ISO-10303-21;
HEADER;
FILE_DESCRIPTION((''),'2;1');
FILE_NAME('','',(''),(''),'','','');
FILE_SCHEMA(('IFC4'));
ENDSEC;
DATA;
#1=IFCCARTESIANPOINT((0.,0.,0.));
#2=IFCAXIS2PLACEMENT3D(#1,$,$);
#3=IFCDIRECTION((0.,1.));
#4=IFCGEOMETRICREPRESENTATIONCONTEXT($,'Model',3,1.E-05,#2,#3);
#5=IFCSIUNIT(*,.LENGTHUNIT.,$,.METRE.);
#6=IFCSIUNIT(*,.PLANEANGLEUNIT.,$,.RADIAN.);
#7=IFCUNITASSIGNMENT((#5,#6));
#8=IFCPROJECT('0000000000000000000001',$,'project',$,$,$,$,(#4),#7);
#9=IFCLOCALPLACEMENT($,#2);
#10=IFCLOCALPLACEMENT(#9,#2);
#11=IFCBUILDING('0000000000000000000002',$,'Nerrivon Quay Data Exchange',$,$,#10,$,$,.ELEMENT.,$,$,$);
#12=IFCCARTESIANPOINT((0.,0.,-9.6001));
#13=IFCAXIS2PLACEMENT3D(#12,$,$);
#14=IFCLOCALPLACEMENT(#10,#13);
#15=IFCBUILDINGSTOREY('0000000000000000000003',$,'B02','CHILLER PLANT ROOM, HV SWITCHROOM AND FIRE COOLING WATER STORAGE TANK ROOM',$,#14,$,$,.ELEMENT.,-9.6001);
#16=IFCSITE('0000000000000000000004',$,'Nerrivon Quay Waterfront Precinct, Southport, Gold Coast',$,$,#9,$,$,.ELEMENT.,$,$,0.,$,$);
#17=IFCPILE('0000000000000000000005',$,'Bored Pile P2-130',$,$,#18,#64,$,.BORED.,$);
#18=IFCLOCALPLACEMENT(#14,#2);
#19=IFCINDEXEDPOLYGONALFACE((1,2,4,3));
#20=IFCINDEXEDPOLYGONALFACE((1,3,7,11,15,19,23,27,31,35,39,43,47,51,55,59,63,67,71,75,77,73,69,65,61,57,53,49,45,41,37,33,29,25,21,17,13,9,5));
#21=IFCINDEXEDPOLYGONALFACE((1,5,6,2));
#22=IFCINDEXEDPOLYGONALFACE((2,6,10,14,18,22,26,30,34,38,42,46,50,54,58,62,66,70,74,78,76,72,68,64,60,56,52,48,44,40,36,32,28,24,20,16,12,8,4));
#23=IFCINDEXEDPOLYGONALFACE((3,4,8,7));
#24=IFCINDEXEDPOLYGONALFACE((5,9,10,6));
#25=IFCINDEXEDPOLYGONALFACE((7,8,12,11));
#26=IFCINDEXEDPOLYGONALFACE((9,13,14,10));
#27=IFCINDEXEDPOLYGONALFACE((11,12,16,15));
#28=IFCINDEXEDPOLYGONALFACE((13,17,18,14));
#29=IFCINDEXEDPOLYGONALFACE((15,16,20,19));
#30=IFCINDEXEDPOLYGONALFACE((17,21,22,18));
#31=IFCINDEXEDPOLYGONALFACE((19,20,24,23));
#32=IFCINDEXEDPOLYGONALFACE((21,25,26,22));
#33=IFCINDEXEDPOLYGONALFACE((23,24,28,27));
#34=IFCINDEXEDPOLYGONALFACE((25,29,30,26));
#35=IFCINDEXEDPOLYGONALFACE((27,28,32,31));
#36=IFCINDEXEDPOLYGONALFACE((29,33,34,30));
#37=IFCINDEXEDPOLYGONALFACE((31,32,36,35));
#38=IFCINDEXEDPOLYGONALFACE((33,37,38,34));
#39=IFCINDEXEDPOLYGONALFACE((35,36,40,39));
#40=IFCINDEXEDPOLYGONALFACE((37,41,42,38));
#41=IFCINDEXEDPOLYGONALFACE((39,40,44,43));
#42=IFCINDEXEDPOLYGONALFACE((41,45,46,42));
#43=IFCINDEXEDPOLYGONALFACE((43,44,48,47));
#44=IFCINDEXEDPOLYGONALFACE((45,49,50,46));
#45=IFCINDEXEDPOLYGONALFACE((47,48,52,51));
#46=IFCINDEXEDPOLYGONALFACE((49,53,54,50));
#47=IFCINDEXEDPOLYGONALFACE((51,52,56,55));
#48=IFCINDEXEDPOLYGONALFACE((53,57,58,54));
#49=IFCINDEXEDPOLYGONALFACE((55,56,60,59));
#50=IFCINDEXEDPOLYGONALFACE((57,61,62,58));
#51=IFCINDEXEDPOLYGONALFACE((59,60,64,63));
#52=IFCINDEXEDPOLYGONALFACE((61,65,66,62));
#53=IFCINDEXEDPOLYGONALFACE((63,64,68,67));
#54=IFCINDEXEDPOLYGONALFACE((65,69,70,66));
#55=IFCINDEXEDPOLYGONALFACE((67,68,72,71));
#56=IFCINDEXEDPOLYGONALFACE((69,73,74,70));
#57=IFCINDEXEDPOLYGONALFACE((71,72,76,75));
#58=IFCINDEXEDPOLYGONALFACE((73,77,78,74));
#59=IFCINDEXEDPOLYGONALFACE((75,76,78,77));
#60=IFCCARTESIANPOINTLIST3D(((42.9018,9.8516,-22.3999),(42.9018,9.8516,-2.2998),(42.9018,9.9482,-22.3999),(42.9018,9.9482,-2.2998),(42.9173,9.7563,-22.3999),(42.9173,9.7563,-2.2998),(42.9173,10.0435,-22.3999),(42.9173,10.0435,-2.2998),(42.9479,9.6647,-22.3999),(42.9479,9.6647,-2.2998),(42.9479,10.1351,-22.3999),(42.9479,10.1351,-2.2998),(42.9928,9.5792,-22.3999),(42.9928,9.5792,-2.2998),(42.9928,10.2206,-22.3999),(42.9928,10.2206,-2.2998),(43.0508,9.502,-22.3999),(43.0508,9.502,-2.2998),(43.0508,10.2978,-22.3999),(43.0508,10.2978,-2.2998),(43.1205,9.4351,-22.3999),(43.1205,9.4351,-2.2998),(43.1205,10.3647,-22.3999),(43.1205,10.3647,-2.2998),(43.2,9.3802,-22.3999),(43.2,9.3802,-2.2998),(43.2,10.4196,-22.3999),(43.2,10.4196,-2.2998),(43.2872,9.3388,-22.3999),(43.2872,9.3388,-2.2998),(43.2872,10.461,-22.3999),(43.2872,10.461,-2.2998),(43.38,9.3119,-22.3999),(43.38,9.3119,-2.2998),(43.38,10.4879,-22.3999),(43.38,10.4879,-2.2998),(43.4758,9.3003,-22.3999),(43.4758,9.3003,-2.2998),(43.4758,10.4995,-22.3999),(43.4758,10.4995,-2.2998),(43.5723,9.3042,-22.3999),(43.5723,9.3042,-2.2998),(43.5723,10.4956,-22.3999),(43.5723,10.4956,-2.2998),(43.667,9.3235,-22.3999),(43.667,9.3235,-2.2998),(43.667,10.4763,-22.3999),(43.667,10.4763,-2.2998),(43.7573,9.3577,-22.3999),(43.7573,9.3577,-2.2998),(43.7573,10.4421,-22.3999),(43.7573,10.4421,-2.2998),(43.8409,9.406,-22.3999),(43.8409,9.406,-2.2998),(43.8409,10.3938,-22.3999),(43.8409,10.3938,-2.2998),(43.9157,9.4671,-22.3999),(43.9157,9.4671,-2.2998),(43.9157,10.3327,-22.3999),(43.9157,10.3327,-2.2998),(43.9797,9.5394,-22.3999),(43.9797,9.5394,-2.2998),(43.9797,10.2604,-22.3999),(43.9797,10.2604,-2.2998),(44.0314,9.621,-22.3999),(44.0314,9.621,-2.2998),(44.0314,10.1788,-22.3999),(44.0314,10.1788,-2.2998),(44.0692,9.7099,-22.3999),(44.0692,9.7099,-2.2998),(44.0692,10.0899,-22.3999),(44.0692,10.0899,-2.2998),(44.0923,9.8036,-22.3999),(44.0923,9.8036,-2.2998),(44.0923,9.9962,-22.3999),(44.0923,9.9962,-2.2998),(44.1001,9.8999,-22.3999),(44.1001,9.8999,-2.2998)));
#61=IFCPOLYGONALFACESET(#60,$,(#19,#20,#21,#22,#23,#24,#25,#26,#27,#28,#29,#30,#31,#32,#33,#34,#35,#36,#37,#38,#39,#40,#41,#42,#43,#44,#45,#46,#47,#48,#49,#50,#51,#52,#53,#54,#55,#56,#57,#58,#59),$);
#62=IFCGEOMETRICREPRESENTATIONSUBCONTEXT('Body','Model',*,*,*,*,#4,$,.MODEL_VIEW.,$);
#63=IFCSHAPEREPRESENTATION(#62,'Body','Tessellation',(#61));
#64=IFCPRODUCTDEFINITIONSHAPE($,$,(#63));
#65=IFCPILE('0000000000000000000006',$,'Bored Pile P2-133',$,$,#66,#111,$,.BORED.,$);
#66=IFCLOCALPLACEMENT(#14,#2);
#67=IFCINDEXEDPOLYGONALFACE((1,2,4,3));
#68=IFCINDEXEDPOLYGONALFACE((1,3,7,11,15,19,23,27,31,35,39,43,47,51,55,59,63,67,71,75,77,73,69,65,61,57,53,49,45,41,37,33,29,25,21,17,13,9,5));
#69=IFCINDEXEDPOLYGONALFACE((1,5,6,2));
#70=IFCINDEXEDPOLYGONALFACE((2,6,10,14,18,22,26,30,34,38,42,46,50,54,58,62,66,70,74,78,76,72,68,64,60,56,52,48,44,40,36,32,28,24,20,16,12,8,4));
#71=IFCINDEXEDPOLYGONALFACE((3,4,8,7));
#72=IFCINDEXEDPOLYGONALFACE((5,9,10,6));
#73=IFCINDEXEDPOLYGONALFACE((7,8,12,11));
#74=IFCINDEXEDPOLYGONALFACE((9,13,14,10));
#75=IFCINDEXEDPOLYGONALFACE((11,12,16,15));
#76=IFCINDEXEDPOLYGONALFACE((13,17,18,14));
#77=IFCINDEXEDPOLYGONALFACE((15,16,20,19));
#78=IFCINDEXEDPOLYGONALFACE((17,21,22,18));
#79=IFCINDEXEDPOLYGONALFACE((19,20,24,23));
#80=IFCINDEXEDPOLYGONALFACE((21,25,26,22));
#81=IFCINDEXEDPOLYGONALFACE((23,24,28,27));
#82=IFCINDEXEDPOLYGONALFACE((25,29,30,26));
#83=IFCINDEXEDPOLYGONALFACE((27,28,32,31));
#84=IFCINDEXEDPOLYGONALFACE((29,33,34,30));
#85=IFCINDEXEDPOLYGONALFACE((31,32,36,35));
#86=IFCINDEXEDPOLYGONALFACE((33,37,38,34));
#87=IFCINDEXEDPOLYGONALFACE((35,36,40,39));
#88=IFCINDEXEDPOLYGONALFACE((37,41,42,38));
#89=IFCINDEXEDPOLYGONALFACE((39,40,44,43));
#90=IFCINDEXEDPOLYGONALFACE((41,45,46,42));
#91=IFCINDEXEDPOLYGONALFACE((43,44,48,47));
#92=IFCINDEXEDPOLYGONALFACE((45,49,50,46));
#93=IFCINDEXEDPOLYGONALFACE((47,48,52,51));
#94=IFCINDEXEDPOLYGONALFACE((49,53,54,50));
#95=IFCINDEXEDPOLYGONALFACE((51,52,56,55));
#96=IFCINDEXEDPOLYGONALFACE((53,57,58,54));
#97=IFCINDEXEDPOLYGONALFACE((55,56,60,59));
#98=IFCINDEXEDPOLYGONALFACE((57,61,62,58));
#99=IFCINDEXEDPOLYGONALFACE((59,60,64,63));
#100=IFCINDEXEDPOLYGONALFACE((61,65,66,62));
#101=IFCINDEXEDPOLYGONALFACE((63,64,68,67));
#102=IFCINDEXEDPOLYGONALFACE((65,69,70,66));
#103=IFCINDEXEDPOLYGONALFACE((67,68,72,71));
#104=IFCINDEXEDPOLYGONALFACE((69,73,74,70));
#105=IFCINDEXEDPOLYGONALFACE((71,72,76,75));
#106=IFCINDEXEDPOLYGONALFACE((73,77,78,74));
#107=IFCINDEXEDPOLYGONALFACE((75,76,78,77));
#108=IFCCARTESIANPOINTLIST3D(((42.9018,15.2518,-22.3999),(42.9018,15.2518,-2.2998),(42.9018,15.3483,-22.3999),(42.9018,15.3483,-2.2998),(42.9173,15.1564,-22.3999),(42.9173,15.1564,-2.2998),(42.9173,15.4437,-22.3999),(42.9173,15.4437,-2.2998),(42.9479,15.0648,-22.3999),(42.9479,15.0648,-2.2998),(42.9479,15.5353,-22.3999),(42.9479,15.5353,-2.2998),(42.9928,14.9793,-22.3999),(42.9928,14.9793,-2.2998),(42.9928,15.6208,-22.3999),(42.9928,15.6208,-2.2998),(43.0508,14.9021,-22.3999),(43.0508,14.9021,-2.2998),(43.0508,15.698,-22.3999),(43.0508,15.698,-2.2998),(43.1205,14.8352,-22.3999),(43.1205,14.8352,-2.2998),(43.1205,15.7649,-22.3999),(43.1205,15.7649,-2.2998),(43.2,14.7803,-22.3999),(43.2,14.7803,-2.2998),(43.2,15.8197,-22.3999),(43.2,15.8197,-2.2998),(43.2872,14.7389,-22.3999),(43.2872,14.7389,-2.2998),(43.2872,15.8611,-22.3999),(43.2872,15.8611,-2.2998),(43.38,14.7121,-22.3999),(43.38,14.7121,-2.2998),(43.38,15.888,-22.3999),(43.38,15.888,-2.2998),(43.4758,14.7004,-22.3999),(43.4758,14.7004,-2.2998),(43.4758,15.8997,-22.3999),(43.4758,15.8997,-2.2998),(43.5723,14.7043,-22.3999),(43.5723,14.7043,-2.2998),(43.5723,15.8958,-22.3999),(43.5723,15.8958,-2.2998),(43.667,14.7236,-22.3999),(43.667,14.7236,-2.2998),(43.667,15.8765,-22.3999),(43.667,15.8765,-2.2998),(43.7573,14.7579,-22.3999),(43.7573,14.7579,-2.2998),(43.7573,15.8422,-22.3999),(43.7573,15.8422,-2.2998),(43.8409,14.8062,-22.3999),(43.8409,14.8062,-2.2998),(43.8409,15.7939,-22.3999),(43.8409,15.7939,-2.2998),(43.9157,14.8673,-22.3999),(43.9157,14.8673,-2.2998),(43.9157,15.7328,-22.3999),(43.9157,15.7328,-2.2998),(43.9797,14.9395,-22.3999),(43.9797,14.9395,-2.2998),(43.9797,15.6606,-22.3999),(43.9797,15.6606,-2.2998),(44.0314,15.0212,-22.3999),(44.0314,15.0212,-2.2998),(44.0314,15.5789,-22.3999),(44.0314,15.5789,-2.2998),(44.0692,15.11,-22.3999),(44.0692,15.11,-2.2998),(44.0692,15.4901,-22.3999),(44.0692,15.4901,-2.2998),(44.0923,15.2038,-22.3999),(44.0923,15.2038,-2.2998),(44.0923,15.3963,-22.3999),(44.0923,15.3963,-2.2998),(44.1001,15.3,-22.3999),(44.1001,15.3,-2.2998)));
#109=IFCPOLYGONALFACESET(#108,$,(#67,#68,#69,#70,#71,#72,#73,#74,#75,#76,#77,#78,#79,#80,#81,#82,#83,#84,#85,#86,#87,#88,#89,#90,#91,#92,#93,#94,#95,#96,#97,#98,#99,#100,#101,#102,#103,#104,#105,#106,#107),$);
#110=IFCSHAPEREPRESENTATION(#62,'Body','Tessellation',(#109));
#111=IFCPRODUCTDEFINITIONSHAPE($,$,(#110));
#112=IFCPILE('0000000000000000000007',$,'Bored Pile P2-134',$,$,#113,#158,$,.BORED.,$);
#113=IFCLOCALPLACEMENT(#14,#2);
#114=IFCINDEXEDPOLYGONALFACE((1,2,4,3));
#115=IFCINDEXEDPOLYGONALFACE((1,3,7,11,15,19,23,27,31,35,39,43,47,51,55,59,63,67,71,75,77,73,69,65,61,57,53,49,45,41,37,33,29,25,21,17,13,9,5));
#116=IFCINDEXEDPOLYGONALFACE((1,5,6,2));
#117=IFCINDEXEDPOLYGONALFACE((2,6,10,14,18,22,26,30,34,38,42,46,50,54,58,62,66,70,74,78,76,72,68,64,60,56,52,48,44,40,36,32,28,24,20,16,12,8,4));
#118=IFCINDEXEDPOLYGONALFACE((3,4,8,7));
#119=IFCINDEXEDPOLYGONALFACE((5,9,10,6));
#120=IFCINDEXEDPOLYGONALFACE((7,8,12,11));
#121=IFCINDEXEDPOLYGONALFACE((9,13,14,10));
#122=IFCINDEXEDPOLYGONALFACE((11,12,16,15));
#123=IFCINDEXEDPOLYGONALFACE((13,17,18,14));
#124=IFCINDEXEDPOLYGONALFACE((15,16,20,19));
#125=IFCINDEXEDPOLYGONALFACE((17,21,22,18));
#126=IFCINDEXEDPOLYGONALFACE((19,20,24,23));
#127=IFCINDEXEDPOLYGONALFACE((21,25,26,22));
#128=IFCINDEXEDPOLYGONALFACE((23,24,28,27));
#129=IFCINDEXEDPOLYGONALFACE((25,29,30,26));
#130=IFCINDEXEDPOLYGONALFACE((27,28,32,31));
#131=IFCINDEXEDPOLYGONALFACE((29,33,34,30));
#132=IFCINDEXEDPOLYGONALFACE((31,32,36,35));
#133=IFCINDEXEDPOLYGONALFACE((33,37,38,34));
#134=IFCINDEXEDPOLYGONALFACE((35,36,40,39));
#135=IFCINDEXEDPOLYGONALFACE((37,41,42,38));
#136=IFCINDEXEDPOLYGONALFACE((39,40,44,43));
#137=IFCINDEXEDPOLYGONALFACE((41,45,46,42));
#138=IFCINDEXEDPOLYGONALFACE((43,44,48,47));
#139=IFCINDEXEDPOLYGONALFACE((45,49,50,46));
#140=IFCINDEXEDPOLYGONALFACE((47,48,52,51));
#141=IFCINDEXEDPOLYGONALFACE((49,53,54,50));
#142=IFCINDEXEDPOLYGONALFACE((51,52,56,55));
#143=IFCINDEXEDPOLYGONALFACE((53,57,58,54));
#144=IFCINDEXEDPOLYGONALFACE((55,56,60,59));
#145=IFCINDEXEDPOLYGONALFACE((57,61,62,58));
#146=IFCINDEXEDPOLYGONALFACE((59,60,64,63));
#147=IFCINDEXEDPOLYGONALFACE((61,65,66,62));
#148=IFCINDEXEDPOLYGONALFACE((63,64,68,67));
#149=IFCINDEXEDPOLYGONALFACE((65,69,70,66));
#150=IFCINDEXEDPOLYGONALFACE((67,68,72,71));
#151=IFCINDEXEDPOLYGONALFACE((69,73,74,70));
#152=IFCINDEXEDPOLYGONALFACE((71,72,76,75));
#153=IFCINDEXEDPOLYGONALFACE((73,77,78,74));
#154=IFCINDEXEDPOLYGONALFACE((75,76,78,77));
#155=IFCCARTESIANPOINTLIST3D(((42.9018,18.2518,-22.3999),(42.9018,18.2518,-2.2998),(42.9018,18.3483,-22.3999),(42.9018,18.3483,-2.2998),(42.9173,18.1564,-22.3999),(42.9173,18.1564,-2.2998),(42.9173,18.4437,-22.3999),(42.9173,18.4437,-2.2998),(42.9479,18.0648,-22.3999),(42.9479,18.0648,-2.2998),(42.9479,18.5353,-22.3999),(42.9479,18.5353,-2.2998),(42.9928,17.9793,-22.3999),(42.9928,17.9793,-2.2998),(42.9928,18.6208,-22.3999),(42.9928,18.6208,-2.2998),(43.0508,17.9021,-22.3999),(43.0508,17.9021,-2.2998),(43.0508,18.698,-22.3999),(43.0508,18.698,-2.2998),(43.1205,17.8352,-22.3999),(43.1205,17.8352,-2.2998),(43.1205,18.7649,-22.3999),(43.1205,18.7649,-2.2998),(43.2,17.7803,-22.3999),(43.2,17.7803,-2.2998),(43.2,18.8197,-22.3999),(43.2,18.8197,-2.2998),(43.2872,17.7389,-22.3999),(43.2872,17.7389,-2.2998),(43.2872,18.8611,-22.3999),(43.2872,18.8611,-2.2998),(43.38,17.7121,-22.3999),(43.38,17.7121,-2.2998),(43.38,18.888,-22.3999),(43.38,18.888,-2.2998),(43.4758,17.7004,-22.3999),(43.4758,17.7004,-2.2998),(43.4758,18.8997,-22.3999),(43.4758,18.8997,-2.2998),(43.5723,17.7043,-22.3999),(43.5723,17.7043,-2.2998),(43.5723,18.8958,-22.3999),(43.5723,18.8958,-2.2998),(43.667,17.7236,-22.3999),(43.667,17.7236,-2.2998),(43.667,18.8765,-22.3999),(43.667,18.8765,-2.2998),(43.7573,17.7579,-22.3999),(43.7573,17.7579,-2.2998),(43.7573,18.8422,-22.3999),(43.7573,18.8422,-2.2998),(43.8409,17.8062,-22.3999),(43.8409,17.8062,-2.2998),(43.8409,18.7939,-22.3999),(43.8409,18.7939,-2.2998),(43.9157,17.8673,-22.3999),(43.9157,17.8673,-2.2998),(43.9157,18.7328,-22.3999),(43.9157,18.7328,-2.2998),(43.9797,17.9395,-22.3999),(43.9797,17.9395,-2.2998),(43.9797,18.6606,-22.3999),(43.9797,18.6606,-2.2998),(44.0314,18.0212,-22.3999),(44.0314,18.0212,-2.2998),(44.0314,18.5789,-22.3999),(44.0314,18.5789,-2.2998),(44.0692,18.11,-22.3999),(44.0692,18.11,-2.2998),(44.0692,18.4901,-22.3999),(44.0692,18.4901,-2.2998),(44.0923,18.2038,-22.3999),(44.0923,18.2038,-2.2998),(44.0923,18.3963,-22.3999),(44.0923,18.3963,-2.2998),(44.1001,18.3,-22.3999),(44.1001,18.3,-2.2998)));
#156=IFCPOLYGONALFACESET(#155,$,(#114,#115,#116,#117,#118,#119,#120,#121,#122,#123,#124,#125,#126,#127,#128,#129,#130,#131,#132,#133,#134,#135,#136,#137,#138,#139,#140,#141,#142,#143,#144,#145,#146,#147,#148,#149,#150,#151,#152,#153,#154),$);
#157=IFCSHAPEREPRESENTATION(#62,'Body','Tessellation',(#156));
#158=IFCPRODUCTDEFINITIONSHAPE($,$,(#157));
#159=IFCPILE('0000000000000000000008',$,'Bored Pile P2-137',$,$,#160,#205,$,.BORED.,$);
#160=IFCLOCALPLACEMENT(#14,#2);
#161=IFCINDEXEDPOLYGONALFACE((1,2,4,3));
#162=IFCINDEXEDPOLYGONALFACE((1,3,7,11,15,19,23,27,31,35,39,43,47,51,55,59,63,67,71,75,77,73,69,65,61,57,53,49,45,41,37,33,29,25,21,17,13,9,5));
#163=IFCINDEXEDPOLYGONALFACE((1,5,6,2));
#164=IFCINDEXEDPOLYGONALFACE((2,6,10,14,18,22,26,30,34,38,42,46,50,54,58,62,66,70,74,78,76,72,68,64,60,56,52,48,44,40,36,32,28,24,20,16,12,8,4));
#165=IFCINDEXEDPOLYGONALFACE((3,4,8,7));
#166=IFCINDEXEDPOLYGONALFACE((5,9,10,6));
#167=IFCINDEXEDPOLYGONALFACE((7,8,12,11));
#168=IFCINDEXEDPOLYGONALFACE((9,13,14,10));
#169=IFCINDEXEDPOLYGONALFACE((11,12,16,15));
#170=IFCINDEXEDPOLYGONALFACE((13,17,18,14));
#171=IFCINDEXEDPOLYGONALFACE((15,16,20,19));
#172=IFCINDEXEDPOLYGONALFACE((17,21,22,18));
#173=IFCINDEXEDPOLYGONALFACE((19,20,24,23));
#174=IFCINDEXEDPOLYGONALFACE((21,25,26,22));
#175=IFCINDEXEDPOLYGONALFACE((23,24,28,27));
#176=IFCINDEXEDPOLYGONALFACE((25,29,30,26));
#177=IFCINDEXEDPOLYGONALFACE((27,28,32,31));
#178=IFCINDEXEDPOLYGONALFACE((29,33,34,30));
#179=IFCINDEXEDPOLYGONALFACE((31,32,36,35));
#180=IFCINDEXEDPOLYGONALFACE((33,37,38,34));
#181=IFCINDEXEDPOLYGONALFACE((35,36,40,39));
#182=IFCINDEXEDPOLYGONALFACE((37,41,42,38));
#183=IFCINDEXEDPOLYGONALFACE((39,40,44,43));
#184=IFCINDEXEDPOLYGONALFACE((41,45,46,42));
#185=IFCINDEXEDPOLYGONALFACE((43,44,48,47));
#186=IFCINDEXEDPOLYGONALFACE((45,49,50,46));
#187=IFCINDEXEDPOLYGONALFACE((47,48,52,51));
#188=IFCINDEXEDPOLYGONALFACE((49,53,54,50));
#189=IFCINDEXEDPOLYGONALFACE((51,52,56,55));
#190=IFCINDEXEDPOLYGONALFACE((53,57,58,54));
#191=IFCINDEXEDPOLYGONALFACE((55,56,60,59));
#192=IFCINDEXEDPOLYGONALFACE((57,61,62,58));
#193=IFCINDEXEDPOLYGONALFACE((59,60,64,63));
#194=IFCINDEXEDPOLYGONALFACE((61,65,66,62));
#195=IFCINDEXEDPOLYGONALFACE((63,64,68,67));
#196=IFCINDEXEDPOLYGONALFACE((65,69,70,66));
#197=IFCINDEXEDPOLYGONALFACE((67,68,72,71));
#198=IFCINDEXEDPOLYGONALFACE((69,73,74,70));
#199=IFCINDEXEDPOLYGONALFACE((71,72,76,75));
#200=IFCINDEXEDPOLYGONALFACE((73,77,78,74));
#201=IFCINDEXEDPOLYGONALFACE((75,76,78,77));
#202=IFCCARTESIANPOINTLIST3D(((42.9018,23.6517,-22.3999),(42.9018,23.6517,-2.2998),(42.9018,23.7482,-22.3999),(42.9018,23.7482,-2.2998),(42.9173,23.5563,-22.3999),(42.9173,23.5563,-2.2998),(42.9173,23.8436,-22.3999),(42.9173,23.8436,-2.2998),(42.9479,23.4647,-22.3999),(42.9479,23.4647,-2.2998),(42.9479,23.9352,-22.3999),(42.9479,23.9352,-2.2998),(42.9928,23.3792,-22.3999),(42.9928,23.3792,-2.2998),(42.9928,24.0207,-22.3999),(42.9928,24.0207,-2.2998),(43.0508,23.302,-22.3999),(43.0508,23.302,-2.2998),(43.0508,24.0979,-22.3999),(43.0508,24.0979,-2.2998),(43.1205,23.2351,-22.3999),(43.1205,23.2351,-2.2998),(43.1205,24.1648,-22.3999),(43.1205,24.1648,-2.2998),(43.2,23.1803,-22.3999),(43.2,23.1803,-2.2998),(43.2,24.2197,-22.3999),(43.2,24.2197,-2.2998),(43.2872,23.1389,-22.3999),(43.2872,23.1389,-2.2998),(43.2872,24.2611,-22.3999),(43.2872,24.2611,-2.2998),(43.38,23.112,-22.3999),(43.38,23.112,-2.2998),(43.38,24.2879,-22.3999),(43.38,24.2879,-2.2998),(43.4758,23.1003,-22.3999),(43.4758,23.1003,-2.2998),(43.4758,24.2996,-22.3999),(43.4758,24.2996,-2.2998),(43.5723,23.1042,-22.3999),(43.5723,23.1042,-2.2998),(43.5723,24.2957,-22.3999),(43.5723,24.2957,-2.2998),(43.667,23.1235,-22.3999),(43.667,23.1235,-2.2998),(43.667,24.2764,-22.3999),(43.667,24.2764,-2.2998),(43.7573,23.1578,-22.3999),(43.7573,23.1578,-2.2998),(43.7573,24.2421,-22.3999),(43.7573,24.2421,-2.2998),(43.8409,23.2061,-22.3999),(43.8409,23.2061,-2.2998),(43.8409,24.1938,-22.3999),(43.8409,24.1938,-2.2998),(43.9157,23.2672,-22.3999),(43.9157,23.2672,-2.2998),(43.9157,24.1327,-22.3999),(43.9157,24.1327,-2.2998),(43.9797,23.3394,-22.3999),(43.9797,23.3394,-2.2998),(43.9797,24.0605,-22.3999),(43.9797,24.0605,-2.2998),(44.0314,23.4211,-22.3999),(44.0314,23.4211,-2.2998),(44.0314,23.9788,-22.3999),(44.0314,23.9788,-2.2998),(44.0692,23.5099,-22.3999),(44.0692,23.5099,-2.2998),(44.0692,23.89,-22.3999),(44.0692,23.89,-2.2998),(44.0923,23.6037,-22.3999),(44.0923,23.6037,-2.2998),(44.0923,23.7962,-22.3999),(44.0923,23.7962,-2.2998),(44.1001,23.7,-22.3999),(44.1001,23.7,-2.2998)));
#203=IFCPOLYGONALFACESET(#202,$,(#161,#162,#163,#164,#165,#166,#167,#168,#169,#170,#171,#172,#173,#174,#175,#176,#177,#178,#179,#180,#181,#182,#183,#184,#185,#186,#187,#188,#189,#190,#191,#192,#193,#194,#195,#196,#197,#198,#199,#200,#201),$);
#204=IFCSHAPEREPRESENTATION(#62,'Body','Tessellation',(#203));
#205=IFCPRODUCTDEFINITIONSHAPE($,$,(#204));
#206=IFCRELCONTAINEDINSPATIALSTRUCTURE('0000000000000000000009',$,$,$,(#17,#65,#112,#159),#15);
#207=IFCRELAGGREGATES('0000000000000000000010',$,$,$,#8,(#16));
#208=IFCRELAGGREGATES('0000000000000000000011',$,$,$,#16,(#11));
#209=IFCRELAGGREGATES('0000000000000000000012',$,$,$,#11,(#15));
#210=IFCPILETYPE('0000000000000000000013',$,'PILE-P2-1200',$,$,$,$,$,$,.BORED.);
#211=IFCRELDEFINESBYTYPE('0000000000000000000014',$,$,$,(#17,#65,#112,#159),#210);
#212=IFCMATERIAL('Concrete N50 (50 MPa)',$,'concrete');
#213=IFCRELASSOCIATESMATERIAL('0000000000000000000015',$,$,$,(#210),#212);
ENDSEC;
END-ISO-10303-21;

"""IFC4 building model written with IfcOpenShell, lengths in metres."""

from ifc_helpers import new_model, si_unit, direction, frame, origin, origin_2d, place, context, subcontext, project, spatial, circle, extrude, material, material_profile, profile_set, type_object, element, save


model = new_model("IFC4")

# Units and contexts
model_context = context("Model", 3, precision=1e-05, world=origin(), true_north=direction((0.0, 1.0)))
body_context = subcontext(model_context, "Body", "Model", "MODEL_VIEW")
ifc_project = project(units=[si_unit("LENGTHUNIT", "METRE"), si_unit("PLANEANGLEUNIT", "RADIAN")], contexts=[model_context])

# Site, building, storey
site_placement = place(None, origin())
site = spatial("IfcSite", under=ifc_project, at=site_placement, Name="Nerrivon Quay Waterfront Precinct, Southport, Gold Coast", CompositionType="ELEMENT", RefElevation=0.0)
building_placement = place(site_placement, origin())
building = spatial("IfcBuilding", under=site, at=building_placement, Name="Nerrivon Quay Data Exchange", CompositionType="ELEMENT")
storey_placement = place(building_placement, frame((0.0, 0.0, -9.6001)))
storey = spatial("IfcBuildingStorey", under=building, at=storey_placement, Name="B02", Description="CHILLER PLANT ROOM, HV SWITCHROOM AND FIRE COOLING WATER STORAGE TANK ROOM", CompositionType="ELEMENT", Elevation=-9.6001)

# Piles
ifc_material_1 = material(Name="Concrete N50 (50 MPa)", Category="concrete")
ifc_material_profile_1 = material_profile(ifc_material_1, circle(Radius=0.6001, at=origin_2d()), Name="PILE-1200")
ifc_profile_set_1 = profile_set([ifc_material_profile_1], Name="Concrete N50 (50 MPa)")
pile_type = type_object("IfcPileType", Name="PILE-P2-1200", PredefinedType="BORED", material=ifc_profile_set_1)
for number, where, z_axis, x_axis, name in (
    (1, (43.5, 9.8999, -2.2998), (0.0, 0.0, -1.0), (1.0, 0.0, 0.0), "Bored Pile P2-130"),
    (2, (43.5, 15.3, -2.2998), (0.0, 0.0, -1.0), (1.0, 0.0, 0.0), "Bored Pile P2-133"),
    (3, (43.5, 18.3, -2.2998), (0.0, 0.0, -1.0), (1.0, 0.0, 0.0), "Bored Pile P2-134"),
    (4, (43.5, 23.7, -2.2998), (0.0, 0.0, -1.0), (1.0, 0.0, 0.0), "Bored Pile P2-137"),
):
    element("IfcPile", number, at=place(storey_placement, frame(where, z_axis=z_axis, x_axis=x_axis)), inside=storey, type_object=pile_type, Name=name, PredefinedType="BORED", context=body_context, shape_type="SweptSolid", body=[
        extrude(circle(Radius=0.6001, at=origin_2d()), origin(), (0.0, 0.0, 1.0), 20.1001),
    ])

save(model, "model.ifc")
